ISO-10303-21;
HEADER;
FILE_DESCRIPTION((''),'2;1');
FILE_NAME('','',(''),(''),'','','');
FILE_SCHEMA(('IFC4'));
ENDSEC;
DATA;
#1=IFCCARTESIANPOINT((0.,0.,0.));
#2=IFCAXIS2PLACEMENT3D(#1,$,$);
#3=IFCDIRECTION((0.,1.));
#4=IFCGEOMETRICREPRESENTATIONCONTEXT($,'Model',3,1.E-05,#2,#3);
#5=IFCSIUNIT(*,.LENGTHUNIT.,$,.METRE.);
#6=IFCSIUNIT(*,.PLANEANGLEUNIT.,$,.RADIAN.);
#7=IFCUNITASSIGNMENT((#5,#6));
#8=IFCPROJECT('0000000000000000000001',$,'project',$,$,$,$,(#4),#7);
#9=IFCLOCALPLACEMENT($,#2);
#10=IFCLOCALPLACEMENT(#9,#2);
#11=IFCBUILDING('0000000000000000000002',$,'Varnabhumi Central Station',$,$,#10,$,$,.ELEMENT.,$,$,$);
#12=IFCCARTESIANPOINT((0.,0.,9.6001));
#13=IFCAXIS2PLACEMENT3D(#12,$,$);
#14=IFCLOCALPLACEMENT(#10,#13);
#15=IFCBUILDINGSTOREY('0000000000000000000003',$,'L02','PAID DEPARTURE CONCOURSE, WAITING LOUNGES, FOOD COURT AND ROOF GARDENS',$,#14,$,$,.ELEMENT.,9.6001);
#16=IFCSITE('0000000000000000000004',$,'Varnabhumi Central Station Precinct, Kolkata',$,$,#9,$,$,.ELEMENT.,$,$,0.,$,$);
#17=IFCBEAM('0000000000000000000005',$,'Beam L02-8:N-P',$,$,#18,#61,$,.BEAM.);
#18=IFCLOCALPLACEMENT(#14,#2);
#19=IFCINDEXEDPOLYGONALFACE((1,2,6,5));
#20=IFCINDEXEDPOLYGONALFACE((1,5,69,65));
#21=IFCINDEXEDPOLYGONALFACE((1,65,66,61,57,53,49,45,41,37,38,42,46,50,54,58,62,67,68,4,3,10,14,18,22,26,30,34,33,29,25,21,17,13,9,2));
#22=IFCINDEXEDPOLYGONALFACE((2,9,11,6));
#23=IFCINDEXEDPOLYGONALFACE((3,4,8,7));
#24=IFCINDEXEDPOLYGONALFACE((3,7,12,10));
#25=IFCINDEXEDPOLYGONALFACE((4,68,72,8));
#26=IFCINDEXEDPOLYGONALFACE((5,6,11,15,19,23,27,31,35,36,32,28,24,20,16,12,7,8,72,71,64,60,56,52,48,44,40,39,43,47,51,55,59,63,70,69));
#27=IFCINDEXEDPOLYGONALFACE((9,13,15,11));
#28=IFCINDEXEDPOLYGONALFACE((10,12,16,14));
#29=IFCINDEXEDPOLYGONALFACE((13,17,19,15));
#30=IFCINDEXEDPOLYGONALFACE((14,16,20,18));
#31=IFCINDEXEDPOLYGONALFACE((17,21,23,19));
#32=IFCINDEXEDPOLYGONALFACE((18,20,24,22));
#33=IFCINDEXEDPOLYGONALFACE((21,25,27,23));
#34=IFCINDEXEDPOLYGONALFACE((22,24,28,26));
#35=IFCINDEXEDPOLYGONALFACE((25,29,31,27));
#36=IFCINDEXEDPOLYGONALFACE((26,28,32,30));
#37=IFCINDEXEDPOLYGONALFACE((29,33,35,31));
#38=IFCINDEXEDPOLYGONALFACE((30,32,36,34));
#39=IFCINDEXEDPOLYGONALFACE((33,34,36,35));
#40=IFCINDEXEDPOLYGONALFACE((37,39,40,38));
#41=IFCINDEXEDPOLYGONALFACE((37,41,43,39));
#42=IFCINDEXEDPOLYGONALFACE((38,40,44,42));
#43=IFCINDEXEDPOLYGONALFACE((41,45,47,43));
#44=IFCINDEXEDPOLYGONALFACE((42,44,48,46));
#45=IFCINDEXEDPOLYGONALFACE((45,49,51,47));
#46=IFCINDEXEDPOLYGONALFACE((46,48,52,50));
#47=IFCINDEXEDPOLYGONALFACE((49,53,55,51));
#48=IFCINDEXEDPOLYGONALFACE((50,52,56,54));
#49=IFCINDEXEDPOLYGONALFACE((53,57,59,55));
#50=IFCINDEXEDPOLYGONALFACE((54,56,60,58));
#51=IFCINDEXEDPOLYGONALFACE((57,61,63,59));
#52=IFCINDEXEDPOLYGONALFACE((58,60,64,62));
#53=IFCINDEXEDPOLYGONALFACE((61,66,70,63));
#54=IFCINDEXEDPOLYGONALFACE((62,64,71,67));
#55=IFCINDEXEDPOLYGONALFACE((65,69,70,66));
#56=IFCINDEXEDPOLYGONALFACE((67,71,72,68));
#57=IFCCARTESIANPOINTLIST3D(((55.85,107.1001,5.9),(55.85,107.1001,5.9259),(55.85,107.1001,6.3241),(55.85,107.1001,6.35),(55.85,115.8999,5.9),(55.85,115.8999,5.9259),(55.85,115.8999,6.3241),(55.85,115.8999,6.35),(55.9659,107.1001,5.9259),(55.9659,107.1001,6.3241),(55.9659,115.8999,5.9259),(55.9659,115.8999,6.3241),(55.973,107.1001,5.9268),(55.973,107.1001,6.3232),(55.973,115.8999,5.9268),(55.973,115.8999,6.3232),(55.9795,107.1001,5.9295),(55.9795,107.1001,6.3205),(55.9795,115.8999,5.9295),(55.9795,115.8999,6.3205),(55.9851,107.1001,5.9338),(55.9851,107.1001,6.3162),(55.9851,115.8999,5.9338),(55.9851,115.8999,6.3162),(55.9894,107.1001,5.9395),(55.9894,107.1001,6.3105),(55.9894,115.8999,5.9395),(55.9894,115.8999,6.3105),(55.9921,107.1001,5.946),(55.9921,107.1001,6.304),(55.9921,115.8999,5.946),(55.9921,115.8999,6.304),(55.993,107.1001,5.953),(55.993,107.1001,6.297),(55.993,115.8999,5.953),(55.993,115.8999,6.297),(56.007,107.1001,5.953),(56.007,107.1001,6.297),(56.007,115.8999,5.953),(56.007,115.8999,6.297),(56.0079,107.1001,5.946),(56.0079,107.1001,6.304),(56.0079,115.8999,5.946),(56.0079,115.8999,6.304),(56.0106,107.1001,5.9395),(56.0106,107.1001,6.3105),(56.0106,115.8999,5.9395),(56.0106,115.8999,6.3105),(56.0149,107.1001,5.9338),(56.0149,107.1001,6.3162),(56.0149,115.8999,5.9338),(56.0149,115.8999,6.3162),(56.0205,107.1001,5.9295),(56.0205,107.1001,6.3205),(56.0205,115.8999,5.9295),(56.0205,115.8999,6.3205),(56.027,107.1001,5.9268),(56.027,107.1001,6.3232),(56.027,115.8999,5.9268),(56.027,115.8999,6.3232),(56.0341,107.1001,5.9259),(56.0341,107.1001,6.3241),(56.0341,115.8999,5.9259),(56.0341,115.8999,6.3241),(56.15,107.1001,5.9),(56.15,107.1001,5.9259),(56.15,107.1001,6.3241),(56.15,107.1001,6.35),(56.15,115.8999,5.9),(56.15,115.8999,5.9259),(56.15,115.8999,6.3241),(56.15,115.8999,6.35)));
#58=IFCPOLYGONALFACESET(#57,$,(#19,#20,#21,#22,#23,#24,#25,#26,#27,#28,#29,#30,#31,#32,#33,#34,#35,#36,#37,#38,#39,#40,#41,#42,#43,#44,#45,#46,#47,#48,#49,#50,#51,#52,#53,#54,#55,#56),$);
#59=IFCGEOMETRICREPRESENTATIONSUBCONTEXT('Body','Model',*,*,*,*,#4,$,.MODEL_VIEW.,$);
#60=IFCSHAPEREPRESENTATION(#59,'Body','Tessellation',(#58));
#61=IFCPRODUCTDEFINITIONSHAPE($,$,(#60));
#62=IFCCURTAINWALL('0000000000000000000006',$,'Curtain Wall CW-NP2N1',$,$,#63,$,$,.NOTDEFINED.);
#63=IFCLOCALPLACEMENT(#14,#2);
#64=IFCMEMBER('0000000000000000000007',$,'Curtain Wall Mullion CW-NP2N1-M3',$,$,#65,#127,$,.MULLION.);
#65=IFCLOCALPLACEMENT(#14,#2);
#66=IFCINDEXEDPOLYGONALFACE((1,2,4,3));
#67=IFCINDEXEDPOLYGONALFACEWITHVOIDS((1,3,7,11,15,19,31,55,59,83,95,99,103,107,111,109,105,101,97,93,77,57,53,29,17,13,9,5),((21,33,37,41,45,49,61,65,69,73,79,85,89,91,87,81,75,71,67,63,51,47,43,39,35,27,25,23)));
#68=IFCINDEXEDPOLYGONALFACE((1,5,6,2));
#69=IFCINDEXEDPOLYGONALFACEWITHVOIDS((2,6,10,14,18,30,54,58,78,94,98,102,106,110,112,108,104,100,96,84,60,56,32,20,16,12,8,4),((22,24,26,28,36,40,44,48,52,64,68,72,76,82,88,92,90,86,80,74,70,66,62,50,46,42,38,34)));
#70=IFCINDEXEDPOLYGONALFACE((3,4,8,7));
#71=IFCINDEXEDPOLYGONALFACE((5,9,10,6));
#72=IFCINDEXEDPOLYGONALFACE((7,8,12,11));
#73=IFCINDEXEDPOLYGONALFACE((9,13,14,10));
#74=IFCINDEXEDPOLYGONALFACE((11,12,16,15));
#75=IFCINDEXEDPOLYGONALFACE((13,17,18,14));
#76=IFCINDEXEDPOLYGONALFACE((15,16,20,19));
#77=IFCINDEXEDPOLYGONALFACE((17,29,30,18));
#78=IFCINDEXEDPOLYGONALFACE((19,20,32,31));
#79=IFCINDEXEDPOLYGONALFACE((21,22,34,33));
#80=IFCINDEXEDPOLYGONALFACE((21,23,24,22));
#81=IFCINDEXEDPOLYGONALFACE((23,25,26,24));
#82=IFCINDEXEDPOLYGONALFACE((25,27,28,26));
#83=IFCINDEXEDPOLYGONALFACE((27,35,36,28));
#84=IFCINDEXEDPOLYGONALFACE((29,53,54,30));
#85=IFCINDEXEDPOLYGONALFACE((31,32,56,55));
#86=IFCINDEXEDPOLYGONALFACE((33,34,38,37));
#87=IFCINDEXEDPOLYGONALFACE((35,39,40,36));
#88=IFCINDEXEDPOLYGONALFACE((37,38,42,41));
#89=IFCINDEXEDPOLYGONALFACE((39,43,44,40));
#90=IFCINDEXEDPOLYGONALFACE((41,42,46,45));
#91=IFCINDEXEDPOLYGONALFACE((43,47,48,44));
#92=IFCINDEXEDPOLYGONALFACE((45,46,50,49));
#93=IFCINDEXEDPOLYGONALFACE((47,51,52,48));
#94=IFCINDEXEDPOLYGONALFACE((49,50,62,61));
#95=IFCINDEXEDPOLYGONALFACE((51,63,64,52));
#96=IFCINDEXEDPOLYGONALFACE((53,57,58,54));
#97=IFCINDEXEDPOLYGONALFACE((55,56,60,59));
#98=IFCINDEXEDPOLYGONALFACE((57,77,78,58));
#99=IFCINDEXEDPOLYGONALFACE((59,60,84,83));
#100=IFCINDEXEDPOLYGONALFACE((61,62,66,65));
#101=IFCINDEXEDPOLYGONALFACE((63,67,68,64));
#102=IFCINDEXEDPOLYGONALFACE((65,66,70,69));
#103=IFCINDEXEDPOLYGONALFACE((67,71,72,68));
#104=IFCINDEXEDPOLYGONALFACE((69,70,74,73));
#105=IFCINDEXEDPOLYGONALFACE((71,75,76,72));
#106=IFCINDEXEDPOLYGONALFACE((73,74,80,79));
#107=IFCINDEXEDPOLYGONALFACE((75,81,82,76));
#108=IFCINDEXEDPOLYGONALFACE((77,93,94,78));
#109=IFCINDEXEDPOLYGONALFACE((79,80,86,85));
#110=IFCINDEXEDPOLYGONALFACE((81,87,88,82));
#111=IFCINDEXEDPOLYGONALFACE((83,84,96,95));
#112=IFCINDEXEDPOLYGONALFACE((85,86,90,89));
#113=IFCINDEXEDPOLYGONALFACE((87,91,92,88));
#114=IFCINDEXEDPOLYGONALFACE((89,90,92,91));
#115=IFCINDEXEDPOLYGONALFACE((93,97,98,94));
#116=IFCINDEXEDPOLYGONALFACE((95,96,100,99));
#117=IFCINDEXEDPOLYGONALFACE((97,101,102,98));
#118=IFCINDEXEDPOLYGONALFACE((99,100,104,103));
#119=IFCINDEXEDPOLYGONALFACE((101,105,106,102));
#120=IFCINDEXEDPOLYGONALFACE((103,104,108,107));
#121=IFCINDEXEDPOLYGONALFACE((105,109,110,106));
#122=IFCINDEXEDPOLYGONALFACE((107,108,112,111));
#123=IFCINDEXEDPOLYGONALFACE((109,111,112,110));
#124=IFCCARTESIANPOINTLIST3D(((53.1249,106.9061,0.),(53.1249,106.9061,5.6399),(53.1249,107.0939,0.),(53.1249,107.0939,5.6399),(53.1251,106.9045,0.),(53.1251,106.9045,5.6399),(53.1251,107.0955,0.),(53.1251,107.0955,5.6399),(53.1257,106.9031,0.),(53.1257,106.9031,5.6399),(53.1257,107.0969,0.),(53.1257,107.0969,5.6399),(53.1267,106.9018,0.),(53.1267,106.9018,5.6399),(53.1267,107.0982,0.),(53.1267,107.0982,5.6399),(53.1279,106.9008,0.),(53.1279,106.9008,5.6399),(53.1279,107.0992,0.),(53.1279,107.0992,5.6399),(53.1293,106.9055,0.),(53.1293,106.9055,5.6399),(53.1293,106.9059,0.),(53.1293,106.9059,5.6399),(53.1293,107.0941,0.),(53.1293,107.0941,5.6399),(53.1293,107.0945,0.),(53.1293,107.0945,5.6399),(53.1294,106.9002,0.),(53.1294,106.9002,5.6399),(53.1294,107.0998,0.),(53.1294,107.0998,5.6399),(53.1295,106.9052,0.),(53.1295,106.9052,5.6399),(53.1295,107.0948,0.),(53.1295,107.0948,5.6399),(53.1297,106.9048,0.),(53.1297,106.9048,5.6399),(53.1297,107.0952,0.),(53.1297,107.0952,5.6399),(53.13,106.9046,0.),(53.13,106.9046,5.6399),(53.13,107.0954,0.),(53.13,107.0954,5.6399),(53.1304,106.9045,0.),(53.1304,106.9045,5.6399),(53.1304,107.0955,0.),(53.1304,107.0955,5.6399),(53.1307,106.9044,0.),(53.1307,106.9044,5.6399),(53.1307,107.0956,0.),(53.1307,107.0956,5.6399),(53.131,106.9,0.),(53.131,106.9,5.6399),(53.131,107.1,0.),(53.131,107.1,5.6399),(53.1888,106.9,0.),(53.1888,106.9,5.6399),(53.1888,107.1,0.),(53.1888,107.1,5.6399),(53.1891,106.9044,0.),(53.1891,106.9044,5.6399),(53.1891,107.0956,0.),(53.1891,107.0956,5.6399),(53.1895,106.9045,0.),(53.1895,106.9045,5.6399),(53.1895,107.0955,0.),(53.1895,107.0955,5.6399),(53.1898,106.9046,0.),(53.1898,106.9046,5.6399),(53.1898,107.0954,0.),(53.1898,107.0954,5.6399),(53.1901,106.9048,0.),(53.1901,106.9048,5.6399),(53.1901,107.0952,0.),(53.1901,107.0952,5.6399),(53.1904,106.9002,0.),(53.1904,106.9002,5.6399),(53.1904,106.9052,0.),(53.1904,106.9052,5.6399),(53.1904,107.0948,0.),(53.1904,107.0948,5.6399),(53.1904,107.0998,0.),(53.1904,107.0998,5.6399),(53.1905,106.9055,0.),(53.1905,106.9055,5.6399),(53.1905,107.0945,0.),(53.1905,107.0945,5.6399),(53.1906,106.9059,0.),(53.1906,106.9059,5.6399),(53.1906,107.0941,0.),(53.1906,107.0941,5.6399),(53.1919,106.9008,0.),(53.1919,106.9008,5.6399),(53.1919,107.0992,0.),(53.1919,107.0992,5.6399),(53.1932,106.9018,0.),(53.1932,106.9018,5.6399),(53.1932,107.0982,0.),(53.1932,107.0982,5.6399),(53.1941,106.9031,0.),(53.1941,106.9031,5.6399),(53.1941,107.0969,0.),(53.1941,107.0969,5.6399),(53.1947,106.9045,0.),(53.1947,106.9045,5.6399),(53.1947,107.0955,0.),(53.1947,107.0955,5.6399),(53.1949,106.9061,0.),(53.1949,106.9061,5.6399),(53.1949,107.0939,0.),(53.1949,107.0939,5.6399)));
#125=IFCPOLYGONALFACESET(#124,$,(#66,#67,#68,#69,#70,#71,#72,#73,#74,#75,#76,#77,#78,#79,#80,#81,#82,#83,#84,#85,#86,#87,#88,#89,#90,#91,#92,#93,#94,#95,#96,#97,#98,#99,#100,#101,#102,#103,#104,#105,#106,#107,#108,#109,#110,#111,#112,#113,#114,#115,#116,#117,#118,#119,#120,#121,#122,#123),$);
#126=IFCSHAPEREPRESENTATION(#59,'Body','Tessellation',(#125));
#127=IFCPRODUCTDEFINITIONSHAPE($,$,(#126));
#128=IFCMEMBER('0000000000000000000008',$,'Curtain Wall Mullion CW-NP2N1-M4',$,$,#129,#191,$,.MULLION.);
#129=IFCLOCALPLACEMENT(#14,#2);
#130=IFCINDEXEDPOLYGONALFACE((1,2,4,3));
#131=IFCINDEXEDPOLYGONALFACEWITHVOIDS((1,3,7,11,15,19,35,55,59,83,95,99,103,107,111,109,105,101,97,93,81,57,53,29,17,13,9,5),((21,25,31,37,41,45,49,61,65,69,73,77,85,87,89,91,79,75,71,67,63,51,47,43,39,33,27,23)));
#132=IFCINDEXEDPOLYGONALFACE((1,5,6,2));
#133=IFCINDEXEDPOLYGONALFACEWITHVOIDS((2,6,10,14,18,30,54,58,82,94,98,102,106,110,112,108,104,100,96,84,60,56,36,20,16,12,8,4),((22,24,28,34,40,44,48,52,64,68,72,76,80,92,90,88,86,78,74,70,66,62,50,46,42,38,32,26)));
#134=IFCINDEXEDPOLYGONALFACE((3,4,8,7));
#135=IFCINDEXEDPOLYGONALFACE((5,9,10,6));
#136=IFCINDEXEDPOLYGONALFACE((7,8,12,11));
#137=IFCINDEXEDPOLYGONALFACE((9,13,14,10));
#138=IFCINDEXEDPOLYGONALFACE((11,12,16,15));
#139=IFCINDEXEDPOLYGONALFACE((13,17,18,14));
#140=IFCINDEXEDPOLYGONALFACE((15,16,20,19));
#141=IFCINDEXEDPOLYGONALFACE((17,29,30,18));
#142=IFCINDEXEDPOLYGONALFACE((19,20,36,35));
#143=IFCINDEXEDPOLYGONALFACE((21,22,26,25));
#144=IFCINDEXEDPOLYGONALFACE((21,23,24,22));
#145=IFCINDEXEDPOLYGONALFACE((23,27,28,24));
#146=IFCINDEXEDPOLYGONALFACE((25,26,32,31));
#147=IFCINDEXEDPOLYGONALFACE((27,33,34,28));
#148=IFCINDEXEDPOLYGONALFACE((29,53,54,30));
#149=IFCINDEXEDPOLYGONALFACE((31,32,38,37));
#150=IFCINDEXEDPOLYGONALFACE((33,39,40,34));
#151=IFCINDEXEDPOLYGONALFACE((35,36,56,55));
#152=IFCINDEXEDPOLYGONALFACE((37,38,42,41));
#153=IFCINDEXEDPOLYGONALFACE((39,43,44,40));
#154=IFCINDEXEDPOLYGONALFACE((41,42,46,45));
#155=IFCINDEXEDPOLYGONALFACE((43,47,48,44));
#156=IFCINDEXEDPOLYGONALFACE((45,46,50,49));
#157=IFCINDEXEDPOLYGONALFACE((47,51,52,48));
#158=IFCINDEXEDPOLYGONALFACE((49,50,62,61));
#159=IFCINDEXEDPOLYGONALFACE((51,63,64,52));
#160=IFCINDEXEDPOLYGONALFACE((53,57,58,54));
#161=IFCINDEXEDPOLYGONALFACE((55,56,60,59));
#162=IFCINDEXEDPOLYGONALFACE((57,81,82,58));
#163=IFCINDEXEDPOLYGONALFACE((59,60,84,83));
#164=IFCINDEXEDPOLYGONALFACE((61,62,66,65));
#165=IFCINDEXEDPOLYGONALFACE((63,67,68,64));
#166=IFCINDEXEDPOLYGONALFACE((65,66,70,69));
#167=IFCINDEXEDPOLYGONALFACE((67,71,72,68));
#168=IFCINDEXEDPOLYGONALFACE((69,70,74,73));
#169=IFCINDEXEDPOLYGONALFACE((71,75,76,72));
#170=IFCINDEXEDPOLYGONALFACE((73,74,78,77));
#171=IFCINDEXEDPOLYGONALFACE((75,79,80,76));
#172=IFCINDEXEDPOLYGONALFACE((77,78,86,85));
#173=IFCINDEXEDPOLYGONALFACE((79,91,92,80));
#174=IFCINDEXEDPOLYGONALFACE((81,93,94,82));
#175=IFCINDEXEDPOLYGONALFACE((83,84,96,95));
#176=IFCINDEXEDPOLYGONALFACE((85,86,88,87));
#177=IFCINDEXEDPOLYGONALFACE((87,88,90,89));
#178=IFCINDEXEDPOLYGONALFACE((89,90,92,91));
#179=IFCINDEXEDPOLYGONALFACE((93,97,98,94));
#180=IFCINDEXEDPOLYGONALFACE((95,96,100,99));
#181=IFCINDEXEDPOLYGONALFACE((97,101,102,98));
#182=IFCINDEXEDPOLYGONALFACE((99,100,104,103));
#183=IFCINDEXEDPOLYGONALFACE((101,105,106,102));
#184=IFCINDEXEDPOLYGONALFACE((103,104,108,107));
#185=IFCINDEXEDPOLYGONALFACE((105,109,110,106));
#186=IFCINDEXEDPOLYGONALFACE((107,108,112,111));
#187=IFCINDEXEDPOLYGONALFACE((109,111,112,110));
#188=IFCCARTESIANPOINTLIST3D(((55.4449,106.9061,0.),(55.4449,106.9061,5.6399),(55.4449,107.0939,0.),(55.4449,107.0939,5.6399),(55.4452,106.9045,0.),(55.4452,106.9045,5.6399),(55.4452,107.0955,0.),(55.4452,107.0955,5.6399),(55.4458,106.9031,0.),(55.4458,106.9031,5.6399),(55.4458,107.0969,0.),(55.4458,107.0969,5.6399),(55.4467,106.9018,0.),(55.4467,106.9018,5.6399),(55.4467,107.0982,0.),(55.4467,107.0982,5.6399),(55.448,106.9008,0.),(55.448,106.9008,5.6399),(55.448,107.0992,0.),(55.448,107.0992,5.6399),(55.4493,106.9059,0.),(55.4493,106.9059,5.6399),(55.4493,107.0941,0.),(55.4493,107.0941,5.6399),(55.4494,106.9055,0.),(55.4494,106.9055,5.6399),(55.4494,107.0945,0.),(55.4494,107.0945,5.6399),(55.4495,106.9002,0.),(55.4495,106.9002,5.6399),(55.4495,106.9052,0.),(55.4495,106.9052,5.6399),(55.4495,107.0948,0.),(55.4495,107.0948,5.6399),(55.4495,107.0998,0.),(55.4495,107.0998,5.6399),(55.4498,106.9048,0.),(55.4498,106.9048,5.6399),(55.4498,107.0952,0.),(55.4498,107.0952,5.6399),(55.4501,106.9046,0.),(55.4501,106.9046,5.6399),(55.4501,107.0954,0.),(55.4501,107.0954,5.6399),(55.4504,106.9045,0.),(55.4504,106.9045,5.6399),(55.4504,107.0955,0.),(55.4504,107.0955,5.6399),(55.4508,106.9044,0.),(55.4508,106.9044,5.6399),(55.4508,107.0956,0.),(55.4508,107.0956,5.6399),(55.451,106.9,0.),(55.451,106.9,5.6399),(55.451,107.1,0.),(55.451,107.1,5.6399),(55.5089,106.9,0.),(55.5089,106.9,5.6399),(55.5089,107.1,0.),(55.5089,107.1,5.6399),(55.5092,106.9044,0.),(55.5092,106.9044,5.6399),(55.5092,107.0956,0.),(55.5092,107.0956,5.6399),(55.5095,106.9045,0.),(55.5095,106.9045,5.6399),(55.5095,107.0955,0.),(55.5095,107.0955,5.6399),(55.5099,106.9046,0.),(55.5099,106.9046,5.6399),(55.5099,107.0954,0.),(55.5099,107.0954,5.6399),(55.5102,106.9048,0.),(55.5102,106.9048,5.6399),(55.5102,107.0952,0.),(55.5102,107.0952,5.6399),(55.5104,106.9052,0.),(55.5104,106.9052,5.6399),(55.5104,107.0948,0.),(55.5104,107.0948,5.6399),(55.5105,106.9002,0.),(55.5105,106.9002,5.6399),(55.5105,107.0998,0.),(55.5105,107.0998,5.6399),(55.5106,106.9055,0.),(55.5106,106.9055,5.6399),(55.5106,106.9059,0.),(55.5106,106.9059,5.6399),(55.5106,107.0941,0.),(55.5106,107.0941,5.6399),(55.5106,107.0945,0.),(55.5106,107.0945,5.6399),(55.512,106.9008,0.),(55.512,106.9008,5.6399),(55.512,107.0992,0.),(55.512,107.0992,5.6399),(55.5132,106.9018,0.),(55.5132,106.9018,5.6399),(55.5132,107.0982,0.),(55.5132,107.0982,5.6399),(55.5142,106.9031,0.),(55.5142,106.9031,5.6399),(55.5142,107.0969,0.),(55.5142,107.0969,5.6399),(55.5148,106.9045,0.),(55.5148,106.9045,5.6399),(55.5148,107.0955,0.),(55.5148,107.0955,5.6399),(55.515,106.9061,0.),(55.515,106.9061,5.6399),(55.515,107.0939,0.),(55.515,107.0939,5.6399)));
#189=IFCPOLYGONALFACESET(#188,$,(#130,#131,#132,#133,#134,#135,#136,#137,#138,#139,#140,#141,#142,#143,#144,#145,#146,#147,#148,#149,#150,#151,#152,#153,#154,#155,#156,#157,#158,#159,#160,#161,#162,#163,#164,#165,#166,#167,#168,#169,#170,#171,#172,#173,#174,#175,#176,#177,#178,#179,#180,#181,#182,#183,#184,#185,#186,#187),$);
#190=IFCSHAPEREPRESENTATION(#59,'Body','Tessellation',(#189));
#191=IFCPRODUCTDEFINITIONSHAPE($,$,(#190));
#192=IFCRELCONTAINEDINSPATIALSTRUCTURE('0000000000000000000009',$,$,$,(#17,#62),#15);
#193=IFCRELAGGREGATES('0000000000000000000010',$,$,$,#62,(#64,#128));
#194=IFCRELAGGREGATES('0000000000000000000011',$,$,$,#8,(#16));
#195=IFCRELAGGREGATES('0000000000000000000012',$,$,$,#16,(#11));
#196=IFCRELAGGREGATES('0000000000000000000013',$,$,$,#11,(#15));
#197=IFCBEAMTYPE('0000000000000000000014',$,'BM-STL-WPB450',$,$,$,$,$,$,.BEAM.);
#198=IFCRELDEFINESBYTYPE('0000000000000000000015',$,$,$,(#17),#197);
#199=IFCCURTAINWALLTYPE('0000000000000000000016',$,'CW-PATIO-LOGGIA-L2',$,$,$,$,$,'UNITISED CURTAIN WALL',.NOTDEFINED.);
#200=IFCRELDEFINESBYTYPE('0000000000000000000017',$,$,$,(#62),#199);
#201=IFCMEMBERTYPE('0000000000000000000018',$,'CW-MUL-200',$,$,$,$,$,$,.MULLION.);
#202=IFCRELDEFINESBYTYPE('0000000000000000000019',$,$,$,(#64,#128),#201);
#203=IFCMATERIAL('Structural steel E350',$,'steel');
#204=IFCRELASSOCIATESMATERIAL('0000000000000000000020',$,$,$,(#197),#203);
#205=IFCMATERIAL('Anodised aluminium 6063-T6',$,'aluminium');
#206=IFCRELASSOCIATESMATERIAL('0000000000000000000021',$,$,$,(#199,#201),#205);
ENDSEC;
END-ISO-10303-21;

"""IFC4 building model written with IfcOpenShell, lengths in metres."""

from ifc_helpers import new_model, si_unit, direction, frame, origin, origin_2d, place, context, subcontext, project, spatial, hollow_rectangle, i_section, extrude, material, material_profile, profile_set, type_object, element, aggregate, save


model = new_model("IFC4")

# Units and contexts
model_context = context("Model", 3, precision=1e-05, world=origin(), true_north=direction((0.0, 1.0)))
body_context = subcontext(model_context, "Body", "Model", "MODEL_VIEW")
ifc_project = project(units=[si_unit("LENGTHUNIT", "METRE"), si_unit("PLANEANGLEUNIT", "RADIAN")], contexts=[model_context])

# Site, building, storey
site_placement = place(None, origin())
site = spatial("IfcSite", under=ifc_project, at=site_placement, Name="Varnabhumi Central Station Precinct, Kolkata", CompositionType="ELEMENT", RefElevation=0.0)
building_placement = place(site_placement, origin())
building = spatial("IfcBuilding", under=site, at=building_placement, Name="Varnabhumi Central Station", CompositionType="ELEMENT")
storey_placement = place(building_placement, frame((0.0, 0.0, 9.6001)))
storey = spatial("IfcBuildingStorey", under=building, at=storey_placement, Name="L02", Description="PAID DEPARTURE CONCOURSE, WAITING LOUNGES, FOOD COURT AND ROOF GARDENS", CompositionType="ELEMENT", Elevation=9.6001)

# Beam
ifc_material_1 = material(Name="Structural steel E350", Category="steel")
ifc_material_profile_1 = material_profile(ifc_material_1, i_section(OverallWidth=0.3, OverallDepth=0.45, WebThickness=0.0139, FlangeThickness=0.0259, FilletRadius=0.0271, at=origin_2d()), Name="Structural steel E350", Category="steel")
ifc_profile_set_1 = profile_set([ifc_material_profile_1], Name="Structural steel E350")
beam_type_1 = type_object("IfcBeamType", Name="BM-STL-WPB450", PredefinedType="BEAM", material=ifc_profile_set_1)
for number, where, z_axis, x_axis, name in (
    (1, (56.0, 107.1001, 6.125), (0.0, 1.0, 0.0), (-1.0, 0.0, 0.0), "Beam L02-8:N-P"),
):
    element("IfcBeam", number, at=place(storey_placement, frame(where, z_axis=z_axis, x_axis=x_axis)), inside=storey, type_object=beam_type_1, Name=name, PredefinedType="BEAM", context=body_context, shape_type="SweptSolid", body=[
        extrude(i_section(OverallWidth=0.3, OverallDepth=0.45, WebThickness=0.0139, FlangeThickness=0.0259, FilletRadius=0.0271, at=origin_2d()), origin(), (0.0, 0.0, 1.0), 8.7998),
    ])

# Curtain wall, members
ifc_material_2 = material(Name="Anodised aluminium 6063-T6", Category="aluminium")
curtain_wall_type = type_object("IfcCurtainWallType", Name="CW-PATIO-LOGGIA-L2", ElementType="UNITISED CURTAIN WALL", PredefinedType="NOTDEFINED", material=ifc_material_2)
curtain_wall_placement = place(storey_placement, origin())
curtain_wall = element("IfcCurtainWall", 2, at=curtain_wall_placement, inside=storey, type_object=curtain_wall_type, Name="Curtain Wall CW-NP2N1", PredefinedType="NOTDEFINED")
ifc_material_profile_2 = material_profile(ifc_material_2, hollow_rectangle(XDim=0.0701, YDim=0.2, WallThickness=0.0044, InnerFilletRadius=0.0015, OuterFilletRadius=0.0061, at=origin_2d()), Name="Anodised aluminium 6063-T6", Category="aluminium")
ifc_profile_set_2 = profile_set([ifc_material_profile_2], Name="Anodised aluminium 6063-T6")
member_type = type_object("IfcMemberType", Name="CW-MUL-200", PredefinedType="MULLION", material=ifc_profile_set_2)
member_1_placement = place(storey_placement, frame((53.1599, 107.0, 0.0), z_axis=(0.0, 0.0, 1.0), x_axis=(1.0, 0.0, 0.0)))
member_1 = element("IfcMember", 3, at=member_1_placement, type_object=member_type, Name="Curtain Wall Mullion CW-NP2N1-M3", PredefinedType="MULLION", context=body_context, shape_type="SweptSolid", body=[
    extrude(hollow_rectangle(XDim=0.0701, YDim=0.2, WallThickness=0.0044, InnerFilletRadius=0.0015, OuterFilletRadius=0.0061, at=origin_2d()), origin(), (0.0, 0.0, 1.0), 5.6399),
])
member_2_placement = place(storey_placement, frame((55.48, 107.0, 0.0), z_axis=(0.0, 0.0, 1.0), x_axis=(1.0, 0.0, 0.0)))
member_2 = element("IfcMember", 4, at=member_2_placement, type_object=member_type, Name="Curtain Wall Mullion CW-NP2N1-M4", PredefinedType="MULLION", context=body_context, shape_type="SweptSolid", body=[
    extrude(hollow_rectangle(XDim=0.0701, YDim=0.2, WallThickness=0.0044, InnerFilletRadius=0.0015, OuterFilletRadius=0.0061, at=origin_2d()), origin(), (0.0, 0.0, 1.0), 5.6399),
])
aggregate(curtain_wall, [member_1, member_2])

save(model, "model.ifc")
